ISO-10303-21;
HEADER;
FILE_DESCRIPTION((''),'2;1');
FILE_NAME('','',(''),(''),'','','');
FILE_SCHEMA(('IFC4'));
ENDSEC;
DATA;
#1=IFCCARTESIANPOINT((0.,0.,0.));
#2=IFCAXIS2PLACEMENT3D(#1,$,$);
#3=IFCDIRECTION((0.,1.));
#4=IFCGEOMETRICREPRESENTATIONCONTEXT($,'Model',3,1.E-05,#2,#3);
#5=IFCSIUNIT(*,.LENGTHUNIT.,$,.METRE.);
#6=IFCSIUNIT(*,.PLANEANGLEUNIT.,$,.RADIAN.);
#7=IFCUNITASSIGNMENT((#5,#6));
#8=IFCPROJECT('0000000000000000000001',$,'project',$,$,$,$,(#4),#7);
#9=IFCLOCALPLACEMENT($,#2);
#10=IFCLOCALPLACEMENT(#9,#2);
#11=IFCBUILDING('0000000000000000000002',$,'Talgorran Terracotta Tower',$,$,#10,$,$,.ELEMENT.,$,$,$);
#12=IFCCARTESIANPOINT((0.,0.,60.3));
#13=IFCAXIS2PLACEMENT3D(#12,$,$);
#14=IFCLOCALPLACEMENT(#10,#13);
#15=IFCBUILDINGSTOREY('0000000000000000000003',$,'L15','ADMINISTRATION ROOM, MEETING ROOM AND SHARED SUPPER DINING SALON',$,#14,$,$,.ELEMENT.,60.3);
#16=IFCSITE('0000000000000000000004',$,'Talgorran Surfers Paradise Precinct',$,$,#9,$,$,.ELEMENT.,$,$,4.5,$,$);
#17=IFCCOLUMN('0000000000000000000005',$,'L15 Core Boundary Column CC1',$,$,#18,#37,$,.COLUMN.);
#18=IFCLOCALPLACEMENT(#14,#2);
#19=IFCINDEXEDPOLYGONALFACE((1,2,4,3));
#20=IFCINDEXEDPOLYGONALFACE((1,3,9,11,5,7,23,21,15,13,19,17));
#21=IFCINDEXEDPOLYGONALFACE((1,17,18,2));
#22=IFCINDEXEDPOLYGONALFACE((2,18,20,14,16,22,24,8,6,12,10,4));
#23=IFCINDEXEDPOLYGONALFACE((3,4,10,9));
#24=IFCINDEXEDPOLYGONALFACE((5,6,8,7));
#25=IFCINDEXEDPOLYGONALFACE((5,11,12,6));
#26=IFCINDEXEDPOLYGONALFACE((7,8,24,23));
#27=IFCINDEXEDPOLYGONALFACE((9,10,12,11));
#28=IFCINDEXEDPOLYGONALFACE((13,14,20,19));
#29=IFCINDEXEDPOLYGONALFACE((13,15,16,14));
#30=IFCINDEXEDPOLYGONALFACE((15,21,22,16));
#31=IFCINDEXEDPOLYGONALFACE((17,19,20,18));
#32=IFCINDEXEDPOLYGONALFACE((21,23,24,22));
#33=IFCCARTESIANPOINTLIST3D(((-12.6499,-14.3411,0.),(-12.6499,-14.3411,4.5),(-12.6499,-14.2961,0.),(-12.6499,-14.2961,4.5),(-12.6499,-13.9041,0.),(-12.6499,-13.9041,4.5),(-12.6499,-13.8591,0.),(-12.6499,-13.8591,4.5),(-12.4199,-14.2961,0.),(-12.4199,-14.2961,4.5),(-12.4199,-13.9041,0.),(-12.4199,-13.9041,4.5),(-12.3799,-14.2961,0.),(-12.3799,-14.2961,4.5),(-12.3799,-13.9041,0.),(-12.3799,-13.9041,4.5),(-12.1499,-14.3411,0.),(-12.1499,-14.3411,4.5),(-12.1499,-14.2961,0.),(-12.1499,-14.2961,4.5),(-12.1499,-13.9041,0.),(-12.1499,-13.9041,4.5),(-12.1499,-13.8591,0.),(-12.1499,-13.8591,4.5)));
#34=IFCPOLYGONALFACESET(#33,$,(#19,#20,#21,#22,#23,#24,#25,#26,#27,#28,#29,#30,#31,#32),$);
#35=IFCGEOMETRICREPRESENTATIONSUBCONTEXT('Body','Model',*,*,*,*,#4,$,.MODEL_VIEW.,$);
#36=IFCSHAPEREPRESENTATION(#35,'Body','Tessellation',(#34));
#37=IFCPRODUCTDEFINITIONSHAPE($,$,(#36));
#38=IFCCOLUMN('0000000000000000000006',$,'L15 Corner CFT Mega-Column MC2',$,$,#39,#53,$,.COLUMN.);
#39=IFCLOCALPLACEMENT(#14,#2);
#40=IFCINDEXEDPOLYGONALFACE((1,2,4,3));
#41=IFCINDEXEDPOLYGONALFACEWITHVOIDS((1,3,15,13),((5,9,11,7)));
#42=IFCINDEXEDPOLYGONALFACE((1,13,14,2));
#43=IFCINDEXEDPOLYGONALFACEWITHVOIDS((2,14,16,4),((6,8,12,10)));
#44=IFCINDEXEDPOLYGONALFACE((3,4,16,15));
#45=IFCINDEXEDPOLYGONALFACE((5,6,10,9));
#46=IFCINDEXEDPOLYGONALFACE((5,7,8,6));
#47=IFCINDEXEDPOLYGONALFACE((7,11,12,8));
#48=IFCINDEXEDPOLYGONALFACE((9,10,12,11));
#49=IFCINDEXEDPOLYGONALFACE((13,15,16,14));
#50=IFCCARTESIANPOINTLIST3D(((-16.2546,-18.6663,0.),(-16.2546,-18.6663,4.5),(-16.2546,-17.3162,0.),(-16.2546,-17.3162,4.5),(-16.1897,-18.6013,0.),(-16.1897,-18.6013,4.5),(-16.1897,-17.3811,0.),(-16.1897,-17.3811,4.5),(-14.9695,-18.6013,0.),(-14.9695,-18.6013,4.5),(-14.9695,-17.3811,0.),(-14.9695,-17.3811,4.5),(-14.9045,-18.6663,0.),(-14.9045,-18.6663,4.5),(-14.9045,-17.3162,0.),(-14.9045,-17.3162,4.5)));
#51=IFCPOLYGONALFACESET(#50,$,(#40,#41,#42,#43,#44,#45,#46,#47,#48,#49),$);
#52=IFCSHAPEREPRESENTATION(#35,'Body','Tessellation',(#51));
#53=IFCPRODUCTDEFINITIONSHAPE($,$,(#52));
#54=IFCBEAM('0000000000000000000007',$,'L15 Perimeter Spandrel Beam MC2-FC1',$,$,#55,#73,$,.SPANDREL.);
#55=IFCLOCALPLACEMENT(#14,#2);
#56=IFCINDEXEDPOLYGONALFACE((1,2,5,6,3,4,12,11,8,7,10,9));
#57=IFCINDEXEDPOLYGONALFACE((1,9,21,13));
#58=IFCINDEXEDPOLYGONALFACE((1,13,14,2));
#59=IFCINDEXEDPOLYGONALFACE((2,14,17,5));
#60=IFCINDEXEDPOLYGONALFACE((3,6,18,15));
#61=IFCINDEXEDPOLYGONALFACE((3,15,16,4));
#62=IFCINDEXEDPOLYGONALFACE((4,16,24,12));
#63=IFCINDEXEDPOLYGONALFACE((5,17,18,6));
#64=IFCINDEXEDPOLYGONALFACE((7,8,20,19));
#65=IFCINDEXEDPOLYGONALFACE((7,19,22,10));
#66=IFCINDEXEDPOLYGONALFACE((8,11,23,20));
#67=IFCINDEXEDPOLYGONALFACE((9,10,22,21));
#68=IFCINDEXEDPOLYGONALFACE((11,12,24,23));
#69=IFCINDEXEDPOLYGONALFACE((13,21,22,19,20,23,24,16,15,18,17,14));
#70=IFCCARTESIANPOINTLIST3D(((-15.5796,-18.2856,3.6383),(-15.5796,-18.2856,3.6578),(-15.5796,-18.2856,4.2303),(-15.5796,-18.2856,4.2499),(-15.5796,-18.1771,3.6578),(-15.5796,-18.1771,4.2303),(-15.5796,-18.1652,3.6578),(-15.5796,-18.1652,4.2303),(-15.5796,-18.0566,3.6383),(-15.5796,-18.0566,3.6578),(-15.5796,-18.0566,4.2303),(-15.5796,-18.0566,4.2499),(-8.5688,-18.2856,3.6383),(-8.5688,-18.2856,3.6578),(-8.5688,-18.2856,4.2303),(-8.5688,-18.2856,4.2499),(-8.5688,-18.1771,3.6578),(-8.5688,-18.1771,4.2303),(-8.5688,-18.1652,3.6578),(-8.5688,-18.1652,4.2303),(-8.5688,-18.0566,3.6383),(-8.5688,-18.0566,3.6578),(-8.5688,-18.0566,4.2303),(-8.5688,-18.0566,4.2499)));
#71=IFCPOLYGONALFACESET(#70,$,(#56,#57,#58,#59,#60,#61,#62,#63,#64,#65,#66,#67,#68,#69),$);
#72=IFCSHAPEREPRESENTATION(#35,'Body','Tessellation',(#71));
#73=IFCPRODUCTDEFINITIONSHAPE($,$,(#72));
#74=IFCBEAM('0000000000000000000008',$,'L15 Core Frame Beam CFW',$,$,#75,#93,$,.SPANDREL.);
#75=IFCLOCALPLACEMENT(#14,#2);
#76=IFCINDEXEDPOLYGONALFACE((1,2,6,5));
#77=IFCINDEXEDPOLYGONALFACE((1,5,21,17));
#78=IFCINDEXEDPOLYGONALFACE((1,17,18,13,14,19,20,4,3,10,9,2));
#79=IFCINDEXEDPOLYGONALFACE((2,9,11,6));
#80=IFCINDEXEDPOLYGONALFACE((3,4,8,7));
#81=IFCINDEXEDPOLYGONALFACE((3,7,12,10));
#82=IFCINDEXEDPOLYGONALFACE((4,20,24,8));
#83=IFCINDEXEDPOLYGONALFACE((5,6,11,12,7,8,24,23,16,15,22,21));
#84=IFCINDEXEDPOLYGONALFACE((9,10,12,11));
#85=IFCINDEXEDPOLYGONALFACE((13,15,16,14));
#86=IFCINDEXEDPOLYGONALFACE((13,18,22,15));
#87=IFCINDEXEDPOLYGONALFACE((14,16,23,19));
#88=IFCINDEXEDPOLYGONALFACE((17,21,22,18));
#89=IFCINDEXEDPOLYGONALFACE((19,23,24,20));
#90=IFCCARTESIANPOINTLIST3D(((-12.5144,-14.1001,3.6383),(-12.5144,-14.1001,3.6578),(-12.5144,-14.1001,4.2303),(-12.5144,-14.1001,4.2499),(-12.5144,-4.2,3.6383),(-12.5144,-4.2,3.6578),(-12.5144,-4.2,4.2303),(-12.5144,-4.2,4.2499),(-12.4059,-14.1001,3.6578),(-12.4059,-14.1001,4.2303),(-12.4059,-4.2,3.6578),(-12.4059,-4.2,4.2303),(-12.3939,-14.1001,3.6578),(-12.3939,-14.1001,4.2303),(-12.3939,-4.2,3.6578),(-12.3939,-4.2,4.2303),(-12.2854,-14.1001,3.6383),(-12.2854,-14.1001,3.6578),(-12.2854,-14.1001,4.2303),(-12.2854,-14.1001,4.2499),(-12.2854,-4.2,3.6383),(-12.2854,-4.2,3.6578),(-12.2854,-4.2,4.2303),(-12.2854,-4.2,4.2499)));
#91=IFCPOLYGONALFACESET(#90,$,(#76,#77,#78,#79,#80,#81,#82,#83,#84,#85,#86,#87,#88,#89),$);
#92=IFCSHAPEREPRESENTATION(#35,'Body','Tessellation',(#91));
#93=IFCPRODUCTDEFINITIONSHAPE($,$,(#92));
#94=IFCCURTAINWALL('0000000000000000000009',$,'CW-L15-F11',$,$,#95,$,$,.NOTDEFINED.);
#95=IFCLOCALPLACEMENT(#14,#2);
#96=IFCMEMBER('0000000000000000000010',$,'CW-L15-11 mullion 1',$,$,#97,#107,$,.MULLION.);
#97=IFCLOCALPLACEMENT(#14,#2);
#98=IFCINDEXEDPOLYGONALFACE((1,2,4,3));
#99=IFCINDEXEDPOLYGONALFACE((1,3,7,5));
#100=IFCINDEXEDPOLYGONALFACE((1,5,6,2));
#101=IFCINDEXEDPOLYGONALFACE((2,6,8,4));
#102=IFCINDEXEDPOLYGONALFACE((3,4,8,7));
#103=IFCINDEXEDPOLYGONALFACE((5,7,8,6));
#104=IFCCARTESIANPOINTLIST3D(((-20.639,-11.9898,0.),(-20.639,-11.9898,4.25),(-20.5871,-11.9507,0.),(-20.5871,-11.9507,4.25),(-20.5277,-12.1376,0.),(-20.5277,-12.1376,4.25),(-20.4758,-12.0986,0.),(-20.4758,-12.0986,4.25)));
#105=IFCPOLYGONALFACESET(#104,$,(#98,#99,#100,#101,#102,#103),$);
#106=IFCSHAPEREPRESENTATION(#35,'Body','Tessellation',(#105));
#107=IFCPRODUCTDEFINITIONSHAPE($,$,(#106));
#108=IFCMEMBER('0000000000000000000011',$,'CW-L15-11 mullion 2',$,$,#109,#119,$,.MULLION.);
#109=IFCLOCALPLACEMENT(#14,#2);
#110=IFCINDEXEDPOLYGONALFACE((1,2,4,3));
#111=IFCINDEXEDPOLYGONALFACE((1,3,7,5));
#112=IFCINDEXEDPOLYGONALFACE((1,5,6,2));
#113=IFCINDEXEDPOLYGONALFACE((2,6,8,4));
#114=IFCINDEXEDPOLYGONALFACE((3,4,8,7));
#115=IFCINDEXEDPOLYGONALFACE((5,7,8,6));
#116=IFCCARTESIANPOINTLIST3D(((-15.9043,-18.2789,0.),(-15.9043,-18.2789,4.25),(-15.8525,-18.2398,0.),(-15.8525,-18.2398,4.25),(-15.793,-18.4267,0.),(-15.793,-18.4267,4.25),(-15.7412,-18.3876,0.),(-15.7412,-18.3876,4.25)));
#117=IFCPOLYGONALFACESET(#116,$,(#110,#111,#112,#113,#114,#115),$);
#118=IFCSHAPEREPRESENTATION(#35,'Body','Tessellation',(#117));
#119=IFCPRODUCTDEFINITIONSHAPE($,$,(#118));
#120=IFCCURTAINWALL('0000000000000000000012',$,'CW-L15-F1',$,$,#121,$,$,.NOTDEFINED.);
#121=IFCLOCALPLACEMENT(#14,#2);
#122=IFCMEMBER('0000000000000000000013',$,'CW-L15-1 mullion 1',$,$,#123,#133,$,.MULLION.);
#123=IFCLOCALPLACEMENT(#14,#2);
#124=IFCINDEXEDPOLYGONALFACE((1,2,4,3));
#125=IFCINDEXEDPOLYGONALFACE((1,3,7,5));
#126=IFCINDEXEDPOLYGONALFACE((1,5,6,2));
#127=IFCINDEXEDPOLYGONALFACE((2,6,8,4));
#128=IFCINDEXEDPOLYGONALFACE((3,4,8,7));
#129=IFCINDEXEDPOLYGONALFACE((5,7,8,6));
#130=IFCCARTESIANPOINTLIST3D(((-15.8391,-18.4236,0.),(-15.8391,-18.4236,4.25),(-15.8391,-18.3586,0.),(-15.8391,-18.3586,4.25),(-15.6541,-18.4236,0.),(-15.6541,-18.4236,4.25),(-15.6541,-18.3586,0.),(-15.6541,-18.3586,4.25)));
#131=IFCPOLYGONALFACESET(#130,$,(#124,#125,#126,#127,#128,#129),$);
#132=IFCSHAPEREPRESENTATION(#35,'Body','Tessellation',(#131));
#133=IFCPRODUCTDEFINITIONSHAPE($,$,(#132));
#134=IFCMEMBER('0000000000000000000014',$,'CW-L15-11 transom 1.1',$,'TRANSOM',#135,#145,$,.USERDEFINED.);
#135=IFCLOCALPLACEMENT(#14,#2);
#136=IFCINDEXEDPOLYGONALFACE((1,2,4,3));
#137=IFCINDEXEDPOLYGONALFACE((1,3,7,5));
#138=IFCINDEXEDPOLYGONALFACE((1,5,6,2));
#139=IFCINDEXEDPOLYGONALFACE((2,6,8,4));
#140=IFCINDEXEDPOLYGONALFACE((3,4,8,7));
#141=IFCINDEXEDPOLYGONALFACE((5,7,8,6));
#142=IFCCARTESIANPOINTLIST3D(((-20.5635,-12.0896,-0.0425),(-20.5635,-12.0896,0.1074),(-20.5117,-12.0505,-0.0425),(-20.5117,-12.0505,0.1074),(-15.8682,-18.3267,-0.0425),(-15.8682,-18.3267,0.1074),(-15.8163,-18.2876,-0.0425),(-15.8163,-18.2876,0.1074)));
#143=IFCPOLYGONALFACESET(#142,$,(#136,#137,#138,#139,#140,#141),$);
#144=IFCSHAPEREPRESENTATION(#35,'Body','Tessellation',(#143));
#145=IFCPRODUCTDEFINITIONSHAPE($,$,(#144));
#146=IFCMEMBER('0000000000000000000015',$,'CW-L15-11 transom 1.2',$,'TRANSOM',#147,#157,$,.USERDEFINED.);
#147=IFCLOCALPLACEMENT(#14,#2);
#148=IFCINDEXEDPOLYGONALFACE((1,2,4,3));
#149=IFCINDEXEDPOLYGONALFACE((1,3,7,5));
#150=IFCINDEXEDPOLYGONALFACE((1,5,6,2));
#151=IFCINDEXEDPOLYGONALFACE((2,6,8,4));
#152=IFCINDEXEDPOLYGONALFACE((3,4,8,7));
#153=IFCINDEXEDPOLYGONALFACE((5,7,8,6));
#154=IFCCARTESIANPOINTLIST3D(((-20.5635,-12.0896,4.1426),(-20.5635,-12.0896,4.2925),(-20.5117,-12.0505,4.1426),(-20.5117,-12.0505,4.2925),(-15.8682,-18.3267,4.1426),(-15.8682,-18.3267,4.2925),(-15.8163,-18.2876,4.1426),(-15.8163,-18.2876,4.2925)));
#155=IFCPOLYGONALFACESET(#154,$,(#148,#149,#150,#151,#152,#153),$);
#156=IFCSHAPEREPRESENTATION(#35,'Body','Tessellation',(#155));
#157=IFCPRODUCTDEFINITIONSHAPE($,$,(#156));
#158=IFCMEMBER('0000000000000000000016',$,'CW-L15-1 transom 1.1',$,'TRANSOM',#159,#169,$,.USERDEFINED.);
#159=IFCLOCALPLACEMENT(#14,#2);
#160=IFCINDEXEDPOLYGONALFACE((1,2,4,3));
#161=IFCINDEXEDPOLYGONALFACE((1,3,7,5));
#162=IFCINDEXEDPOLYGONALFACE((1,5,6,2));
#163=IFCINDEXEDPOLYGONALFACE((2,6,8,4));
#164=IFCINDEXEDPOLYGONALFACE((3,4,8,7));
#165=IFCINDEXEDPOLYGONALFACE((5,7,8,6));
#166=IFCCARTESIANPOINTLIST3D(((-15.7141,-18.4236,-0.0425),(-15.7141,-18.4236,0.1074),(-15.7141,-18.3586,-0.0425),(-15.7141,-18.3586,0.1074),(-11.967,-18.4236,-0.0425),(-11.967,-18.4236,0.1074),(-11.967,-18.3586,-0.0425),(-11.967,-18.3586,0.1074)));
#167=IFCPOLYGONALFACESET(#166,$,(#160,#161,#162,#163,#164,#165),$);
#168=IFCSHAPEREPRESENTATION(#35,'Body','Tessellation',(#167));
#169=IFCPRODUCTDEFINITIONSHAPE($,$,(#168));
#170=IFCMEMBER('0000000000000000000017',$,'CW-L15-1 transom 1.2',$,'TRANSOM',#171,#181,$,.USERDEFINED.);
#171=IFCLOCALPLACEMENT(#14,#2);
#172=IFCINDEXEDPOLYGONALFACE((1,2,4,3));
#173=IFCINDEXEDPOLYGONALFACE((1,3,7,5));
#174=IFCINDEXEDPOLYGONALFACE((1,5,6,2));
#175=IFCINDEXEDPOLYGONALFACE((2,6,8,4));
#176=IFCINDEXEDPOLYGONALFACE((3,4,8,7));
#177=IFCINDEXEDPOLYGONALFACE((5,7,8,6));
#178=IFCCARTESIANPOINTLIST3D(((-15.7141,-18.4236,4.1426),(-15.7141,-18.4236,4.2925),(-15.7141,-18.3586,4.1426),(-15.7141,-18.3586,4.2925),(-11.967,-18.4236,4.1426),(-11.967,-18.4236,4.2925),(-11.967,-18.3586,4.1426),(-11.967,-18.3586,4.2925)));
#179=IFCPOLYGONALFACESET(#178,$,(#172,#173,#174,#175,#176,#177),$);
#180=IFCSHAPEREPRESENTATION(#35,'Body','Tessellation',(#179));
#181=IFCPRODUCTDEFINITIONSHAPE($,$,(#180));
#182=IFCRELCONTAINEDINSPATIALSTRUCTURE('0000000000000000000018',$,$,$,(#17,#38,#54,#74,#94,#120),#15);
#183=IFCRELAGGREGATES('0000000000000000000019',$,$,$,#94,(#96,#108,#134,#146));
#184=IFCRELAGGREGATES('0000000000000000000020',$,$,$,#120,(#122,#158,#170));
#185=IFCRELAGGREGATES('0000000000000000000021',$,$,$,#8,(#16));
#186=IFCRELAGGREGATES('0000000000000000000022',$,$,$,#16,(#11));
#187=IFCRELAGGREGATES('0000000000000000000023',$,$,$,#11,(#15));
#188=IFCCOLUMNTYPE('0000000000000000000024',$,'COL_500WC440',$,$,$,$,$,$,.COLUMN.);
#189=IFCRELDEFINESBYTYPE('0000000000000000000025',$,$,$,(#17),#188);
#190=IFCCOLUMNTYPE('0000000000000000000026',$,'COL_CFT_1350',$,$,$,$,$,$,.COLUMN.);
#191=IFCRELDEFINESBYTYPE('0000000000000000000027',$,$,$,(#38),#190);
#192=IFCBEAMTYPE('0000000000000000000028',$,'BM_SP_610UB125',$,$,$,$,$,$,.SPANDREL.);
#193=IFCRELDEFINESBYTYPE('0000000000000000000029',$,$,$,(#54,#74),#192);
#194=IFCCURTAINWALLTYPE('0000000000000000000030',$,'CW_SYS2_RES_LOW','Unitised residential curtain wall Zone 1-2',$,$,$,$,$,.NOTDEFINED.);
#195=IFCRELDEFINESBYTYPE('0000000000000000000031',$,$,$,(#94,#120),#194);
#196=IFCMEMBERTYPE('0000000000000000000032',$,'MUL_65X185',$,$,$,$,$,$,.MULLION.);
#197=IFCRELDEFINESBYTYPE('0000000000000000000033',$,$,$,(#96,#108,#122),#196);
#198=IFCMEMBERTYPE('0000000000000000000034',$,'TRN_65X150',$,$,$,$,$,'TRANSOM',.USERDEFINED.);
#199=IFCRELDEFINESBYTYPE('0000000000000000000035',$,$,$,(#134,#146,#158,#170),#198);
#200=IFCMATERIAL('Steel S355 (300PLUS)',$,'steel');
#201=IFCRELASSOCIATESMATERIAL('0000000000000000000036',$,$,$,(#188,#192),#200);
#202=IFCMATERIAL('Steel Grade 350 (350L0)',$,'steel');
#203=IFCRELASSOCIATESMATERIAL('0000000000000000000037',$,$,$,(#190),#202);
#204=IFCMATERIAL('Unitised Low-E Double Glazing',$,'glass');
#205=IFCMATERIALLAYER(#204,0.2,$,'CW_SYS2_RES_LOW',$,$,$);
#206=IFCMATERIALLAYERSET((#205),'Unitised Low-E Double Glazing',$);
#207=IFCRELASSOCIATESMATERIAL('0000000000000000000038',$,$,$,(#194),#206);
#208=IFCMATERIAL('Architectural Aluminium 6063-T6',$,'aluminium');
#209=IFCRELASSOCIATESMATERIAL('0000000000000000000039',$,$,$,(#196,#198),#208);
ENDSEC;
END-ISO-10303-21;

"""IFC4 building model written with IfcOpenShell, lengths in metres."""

from ifc_helpers import new_model, si_unit, direction, frame, origin, origin_2d, place, context, subcontext, project, spatial, rectangle, hollow_rectangle, i_section, extrude, material, layer, layer_set, material_profile, profile_set, type_object, element, aggregate, save


model = new_model("IFC4")

# Units and contexts
model_context = context("Model", 3, precision=1e-05, world=origin(), true_north=direction((0.0, 1.0)))
body_context = subcontext(model_context, "Body", "Model", "MODEL_VIEW")
ifc_project = project(units=[si_unit("LENGTHUNIT", "METRE"), si_unit("PLANEANGLEUNIT", "RADIAN")], contexts=[model_context])

# Site, building, storey
site_placement = place(None, origin())
site = spatial("IfcSite", under=ifc_project, at=site_placement, Name="Talgorran Surfers Paradise Precinct", CompositionType="ELEMENT", RefElevation=4.5)
building_placement = place(site_placement, origin())
building = spatial("IfcBuilding", under=site, at=building_placement, Name="Talgorran Terracotta Tower", CompositionType="ELEMENT")
storey_placement = place(building_placement, frame((0.0, 0.0, 60.3)))
storey = spatial("IfcBuildingStorey", under=building, at=storey_placement, Name="L15", Description="ADMINISTRATION ROOM, MEETING ROOM AND SHARED SUPPER DINING SALON", CompositionType="ELEMENT", Elevation=60.3)

# Columns
ifc_material_1 = material(Name="Steel S355 (300PLUS)", Category="steel")
ifc_material_profile_1 = material_profile(ifc_material_1, i_section(OverallWidth=0.5, OverallDepth=0.4819, WebThickness=0.04, FlangeThickness=0.0449, at=origin_2d()), Name="500WC440")
ifc_profile_set_1 = profile_set([ifc_material_profile_1], Name="Steel S355 (300PLUS)")
column_type_1 = type_object("IfcColumnType", Name="COL_500WC440", PredefinedType="COLUMN", material=ifc_profile_set_1)
column_1_placement = place(storey_placement, frame((-12.3999, -14.1001, 0.0), z_axis=(0.0, 0.0, 1.0), x_axis=(1.0, 0.0, 0.0)))
element("IfcColumn", 1, at=column_1_placement, inside=storey, type_object=column_type_1, Name="L15 Core Boundary Column CC1", PredefinedType="COLUMN", context=body_context, shape_type="SweptSolid", body=[
    extrude(i_section(OverallWidth=0.5, OverallDepth=0.4819, WebThickness=0.04, FlangeThickness=0.0449, at=origin_2d()), origin(), (0.0, 0.0, 1.0), 4.5),
])
ifc_material_2 = material(Name="Steel Grade 350 (350L0)", Category="steel")
ifc_material_profile_2 = material_profile(ifc_material_2, hollow_rectangle(XDim=1.3501, YDim=1.3501, WallThickness=0.0649, at=origin_2d()), Name="CFT1350X1350X65")
ifc_profile_set_2 = profile_set([ifc_material_profile_2], Name="Steel Grade 350 (350L0)")
column_type_2 = type_object("IfcColumnType", Name="COL_CFT_1350", PredefinedType="COLUMN", material=ifc_profile_set_2)
column_2_placement = place(storey_placement, frame((-15.5796, -17.9912, 0.0), z_axis=(0.0, 0.0, 1.0), x_axis=(1.0, 0.0, 0.0)))
element("IfcColumn", 2, at=column_2_placement, inside=storey, type_object=column_type_2, Name="L15 Corner CFT Mega-Column MC2", PredefinedType="COLUMN", context=body_context, shape_type="SweptSolid", body=[
    extrude(hollow_rectangle(XDim=1.3501, YDim=1.3501, WallThickness=0.0649, at=origin_2d()), origin(), (0.0, 0.0, 1.0), 4.5),
])

# Beams
ifc_material_profile_3 = material_profile(ifc_material_1, i_section(OverallWidth=0.229, OverallDepth=0.6116, WebThickness=0.012, FlangeThickness=0.0195, at=origin_2d()), Name="610UB125")
ifc_profile_set_3 = profile_set([ifc_material_profile_3], Name="Steel S355 (300PLUS)")
beam_type = type_object("IfcBeamType", Name="BM_SP_610UB125", PredefinedType="SPANDREL", material=ifc_profile_set_3)
beam_1_placement = place(storey_placement, frame((-15.5796, -18.1711, 3.9441), z_axis=(1.0, 0.0, 0.0), x_axis=(0.0, 1.0, 0.0)))
element("IfcBeam", 3, at=beam_1_placement, inside=storey, type_object=beam_type, Name="L15 Perimeter Spandrel Beam MC2-FC1", PredefinedType="SPANDREL", context=body_context, shape_type="SweptSolid", body=[
    extrude(i_section(OverallWidth=0.229, OverallDepth=0.6116, WebThickness=0.012, FlangeThickness=0.0195, at=origin_2d()), origin(), (0.0, 0.0, 1.0), 7.0107),
])
beam_2_placement = place(storey_placement, frame((-12.3999, -14.1001, 3.9441), z_axis=(0.0, 1.0, 0.0), x_axis=(-1.0, 0.0, 0.0)))
element("IfcBeam", 4, at=beam_2_placement, inside=storey, type_object=beam_type, Name="L15 Core Frame Beam CFW", PredefinedType="SPANDREL", context=body_context, shape_type="SweptSolid", body=[
    extrude(i_section(OverallWidth=0.229, OverallDepth=0.6116, WebThickness=0.012, FlangeThickness=0.0195, at=origin_2d()), origin(), (0.0, 0.0, 1.0), 9.9001),
])

# Curtain wall, members
ifc_material_3 = material(Name="Unitised Low-E Double Glazing", Category="glass")
ifc_layer_1 = layer(ifc_material_3, 0.2, Name="CW_SYS2_RES_LOW")
ifc_layer_set_1 = layer_set([ifc_layer_1], Name="Unitised Low-E Double Glazing")
curtain_wall_type = type_object("IfcCurtainWallType", Name="CW_SYS2_RES_LOW", Description="Unitised residential curtain wall Zone 1-2", PredefinedType="NOTDEFINED", material=ifc_layer_set_1)
curtain_wall_1_placement = place(storey_placement, origin())
curtain_wall_1 = element("IfcCurtainWall", 5, at=curtain_wall_1_placement, inside=storey, type_object=curtain_wall_type, Name="CW-L15-F11", PredefinedType="NOTDEFINED")
ifc_material_4 = material(Name="Architectural Aluminium 6063-T6", Category="aluminium")
ifc_material_profile_4 = material_profile(ifc_material_4, rectangle(XDim=0.0649, YDim=0.1851, at=origin_2d()), Name="CWM65X185")
ifc_profile_set_4 = profile_set([ifc_material_profile_4], Name="Architectural Aluminium 6063-T6")
member_type_1 = type_object("IfcMemberType", Name="MUL_65X185", PredefinedType="MULLION", material=ifc_profile_set_4)
member_1_placement = place(storey_placement, frame((-20.5574, -12.0442, 0.0), z_axis=(0.0, 0.0, 1.0), x_axis=(0.798915, 0.601444, 0.0)))
member_1 = element("IfcMember", 6, at=member_1_placement, type_object=member_type_1, Name="CW-L15-11 mullion 1", PredefinedType="MULLION", context=body_context, shape_type="SweptSolid", body=[
    extrude(rectangle(XDim=0.0649, YDim=0.1851, at=origin_2d()), origin(), (0.0, 0.0, 1.0), 4.25),
])
member_2_placement = place(storey_placement, frame((-15.8228, -18.3333, 0.0), z_axis=(0.0, 0.0, 1.0), x_axis=(0.798915, 0.601444, 0.0)))
member_2 = element("IfcMember", 7, at=member_2_placement, type_object=member_type_1, Name="CW-L15-11 mullion 2", PredefinedType="MULLION", context=body_context, shape_type="SweptSolid", body=[
    extrude(rectangle(XDim=0.0649, YDim=0.1851, at=origin_2d()), origin(), (0.0, 0.0, 1.0), 4.25),
])

# Curtain wall, member
curtain_wall_2_placement = place(storey_placement, origin())
curtain_wall_2 = element("IfcCurtainWall", 8, at=curtain_wall_2_placement, inside=storey, type_object=curtain_wall_type, Name="CW-L15-F1", PredefinedType="NOTDEFINED")
member_3_placement = place(storey_placement, frame((-15.7466, -18.3911, 0.0), z_axis=(0.0, 0.0, 1.0), x_axis=(0.0, 1.0, 0.0)))
member_3 = element("IfcMember", 9, at=member_3_placement, type_object=member_type_1, Name="CW-L15-1 mullion 1", PredefinedType="MULLION", context=body_context, shape_type="SweptSolid", body=[
    extrude(rectangle(XDim=0.0649, YDim=0.1851, at=origin_2d()), origin(), (0.0, 0.0, 1.0), 4.25),
])

# Members
ifc_material_profile_5 = material_profile(ifc_material_4, rectangle(XDim=0.0649, YDim=0.1499, at=origin_2d()), Name="CWT65X150")
ifc_profile_set_5 = profile_set([ifc_material_profile_5], Name="Architectural Aluminium 6063-T6")
member_type_2 = type_object("IfcMemberType", Name="TRN_65X150", ElementType="TRANSOM", PredefinedType="USERDEFINED", material=ifc_profile_set_5)
member_4_placement = place(storey_placement, frame((-20.5376, -12.0701, 0.0325), z_axis=(0.601435, -0.798922, 0.0), x_axis=(0.798922, 0.601435, 0.0)))
member_4 = element("IfcMember", 10, at=member_4_placement, type_object=member_type_2, Name="CW-L15-11 transom 1.1", ObjectType="TRANSOM", PredefinedType="USERDEFINED", context=body_context, shape_type="SweptSolid", body=[
    extrude(rectangle(XDim=0.0649, YDim=0.1499, at=origin_2d()), origin(), (0.0, 0.0, 1.0), 7.8069),
])
member_5_placement = place(storey_placement, frame((-20.5376, -12.0701, 4.2175), z_axis=(0.601435, -0.798922, 0.0), x_axis=(0.798922, 0.601435, 0.0)))
member_5 = element("IfcMember", 11, at=member_5_placement, type_object=member_type_2, Name="CW-L15-11 transom 1.2", ObjectType="TRANSOM", PredefinedType="USERDEFINED", context=body_context, shape_type="SweptSolid", body=[
    extrude(rectangle(XDim=0.0649, YDim=0.1499, at=origin_2d()), origin(), (0.0, 0.0, 1.0), 7.8069),
])
member_6_placement = place(storey_placement, frame((-15.7141, -18.3911, 0.0325), z_axis=(1.0, 0.0, 0.0), x_axis=(0.0, 1.0, 0.0)))
member_6 = element("IfcMember", 12, at=member_6_placement, type_object=member_type_2, Name="CW-L15-1 transom 1.1", ObjectType="TRANSOM", PredefinedType="USERDEFINED", context=body_context, shape_type="SweptSolid", body=[
    extrude(rectangle(XDim=0.0649, YDim=0.1499, at=origin_2d()), origin(), (0.0, 0.0, 1.0), 3.7471),
])
member_7_placement = place(storey_placement, frame((-15.7141, -18.3911, 4.2175), z_axis=(1.0, 0.0, 0.0), x_axis=(0.0, 1.0, 0.0)))
member_7 = element("IfcMember", 13, at=member_7_placement, type_object=member_type_2, Name="CW-L15-1 transom 1.2", ObjectType="TRANSOM", PredefinedType="USERDEFINED", context=body_context, shape_type="SweptSolid", body=[
    extrude(rectangle(XDim=0.0649, YDim=0.1499, at=origin_2d()), origin(), (0.0, 0.0, 1.0), 3.7471),
])

aggregate(curtain_wall_1, [member_1, member_2, member_4, member_5])
aggregate(curtain_wall_2, [member_3, member_6, member_7])

save(model, "model.ifc")
